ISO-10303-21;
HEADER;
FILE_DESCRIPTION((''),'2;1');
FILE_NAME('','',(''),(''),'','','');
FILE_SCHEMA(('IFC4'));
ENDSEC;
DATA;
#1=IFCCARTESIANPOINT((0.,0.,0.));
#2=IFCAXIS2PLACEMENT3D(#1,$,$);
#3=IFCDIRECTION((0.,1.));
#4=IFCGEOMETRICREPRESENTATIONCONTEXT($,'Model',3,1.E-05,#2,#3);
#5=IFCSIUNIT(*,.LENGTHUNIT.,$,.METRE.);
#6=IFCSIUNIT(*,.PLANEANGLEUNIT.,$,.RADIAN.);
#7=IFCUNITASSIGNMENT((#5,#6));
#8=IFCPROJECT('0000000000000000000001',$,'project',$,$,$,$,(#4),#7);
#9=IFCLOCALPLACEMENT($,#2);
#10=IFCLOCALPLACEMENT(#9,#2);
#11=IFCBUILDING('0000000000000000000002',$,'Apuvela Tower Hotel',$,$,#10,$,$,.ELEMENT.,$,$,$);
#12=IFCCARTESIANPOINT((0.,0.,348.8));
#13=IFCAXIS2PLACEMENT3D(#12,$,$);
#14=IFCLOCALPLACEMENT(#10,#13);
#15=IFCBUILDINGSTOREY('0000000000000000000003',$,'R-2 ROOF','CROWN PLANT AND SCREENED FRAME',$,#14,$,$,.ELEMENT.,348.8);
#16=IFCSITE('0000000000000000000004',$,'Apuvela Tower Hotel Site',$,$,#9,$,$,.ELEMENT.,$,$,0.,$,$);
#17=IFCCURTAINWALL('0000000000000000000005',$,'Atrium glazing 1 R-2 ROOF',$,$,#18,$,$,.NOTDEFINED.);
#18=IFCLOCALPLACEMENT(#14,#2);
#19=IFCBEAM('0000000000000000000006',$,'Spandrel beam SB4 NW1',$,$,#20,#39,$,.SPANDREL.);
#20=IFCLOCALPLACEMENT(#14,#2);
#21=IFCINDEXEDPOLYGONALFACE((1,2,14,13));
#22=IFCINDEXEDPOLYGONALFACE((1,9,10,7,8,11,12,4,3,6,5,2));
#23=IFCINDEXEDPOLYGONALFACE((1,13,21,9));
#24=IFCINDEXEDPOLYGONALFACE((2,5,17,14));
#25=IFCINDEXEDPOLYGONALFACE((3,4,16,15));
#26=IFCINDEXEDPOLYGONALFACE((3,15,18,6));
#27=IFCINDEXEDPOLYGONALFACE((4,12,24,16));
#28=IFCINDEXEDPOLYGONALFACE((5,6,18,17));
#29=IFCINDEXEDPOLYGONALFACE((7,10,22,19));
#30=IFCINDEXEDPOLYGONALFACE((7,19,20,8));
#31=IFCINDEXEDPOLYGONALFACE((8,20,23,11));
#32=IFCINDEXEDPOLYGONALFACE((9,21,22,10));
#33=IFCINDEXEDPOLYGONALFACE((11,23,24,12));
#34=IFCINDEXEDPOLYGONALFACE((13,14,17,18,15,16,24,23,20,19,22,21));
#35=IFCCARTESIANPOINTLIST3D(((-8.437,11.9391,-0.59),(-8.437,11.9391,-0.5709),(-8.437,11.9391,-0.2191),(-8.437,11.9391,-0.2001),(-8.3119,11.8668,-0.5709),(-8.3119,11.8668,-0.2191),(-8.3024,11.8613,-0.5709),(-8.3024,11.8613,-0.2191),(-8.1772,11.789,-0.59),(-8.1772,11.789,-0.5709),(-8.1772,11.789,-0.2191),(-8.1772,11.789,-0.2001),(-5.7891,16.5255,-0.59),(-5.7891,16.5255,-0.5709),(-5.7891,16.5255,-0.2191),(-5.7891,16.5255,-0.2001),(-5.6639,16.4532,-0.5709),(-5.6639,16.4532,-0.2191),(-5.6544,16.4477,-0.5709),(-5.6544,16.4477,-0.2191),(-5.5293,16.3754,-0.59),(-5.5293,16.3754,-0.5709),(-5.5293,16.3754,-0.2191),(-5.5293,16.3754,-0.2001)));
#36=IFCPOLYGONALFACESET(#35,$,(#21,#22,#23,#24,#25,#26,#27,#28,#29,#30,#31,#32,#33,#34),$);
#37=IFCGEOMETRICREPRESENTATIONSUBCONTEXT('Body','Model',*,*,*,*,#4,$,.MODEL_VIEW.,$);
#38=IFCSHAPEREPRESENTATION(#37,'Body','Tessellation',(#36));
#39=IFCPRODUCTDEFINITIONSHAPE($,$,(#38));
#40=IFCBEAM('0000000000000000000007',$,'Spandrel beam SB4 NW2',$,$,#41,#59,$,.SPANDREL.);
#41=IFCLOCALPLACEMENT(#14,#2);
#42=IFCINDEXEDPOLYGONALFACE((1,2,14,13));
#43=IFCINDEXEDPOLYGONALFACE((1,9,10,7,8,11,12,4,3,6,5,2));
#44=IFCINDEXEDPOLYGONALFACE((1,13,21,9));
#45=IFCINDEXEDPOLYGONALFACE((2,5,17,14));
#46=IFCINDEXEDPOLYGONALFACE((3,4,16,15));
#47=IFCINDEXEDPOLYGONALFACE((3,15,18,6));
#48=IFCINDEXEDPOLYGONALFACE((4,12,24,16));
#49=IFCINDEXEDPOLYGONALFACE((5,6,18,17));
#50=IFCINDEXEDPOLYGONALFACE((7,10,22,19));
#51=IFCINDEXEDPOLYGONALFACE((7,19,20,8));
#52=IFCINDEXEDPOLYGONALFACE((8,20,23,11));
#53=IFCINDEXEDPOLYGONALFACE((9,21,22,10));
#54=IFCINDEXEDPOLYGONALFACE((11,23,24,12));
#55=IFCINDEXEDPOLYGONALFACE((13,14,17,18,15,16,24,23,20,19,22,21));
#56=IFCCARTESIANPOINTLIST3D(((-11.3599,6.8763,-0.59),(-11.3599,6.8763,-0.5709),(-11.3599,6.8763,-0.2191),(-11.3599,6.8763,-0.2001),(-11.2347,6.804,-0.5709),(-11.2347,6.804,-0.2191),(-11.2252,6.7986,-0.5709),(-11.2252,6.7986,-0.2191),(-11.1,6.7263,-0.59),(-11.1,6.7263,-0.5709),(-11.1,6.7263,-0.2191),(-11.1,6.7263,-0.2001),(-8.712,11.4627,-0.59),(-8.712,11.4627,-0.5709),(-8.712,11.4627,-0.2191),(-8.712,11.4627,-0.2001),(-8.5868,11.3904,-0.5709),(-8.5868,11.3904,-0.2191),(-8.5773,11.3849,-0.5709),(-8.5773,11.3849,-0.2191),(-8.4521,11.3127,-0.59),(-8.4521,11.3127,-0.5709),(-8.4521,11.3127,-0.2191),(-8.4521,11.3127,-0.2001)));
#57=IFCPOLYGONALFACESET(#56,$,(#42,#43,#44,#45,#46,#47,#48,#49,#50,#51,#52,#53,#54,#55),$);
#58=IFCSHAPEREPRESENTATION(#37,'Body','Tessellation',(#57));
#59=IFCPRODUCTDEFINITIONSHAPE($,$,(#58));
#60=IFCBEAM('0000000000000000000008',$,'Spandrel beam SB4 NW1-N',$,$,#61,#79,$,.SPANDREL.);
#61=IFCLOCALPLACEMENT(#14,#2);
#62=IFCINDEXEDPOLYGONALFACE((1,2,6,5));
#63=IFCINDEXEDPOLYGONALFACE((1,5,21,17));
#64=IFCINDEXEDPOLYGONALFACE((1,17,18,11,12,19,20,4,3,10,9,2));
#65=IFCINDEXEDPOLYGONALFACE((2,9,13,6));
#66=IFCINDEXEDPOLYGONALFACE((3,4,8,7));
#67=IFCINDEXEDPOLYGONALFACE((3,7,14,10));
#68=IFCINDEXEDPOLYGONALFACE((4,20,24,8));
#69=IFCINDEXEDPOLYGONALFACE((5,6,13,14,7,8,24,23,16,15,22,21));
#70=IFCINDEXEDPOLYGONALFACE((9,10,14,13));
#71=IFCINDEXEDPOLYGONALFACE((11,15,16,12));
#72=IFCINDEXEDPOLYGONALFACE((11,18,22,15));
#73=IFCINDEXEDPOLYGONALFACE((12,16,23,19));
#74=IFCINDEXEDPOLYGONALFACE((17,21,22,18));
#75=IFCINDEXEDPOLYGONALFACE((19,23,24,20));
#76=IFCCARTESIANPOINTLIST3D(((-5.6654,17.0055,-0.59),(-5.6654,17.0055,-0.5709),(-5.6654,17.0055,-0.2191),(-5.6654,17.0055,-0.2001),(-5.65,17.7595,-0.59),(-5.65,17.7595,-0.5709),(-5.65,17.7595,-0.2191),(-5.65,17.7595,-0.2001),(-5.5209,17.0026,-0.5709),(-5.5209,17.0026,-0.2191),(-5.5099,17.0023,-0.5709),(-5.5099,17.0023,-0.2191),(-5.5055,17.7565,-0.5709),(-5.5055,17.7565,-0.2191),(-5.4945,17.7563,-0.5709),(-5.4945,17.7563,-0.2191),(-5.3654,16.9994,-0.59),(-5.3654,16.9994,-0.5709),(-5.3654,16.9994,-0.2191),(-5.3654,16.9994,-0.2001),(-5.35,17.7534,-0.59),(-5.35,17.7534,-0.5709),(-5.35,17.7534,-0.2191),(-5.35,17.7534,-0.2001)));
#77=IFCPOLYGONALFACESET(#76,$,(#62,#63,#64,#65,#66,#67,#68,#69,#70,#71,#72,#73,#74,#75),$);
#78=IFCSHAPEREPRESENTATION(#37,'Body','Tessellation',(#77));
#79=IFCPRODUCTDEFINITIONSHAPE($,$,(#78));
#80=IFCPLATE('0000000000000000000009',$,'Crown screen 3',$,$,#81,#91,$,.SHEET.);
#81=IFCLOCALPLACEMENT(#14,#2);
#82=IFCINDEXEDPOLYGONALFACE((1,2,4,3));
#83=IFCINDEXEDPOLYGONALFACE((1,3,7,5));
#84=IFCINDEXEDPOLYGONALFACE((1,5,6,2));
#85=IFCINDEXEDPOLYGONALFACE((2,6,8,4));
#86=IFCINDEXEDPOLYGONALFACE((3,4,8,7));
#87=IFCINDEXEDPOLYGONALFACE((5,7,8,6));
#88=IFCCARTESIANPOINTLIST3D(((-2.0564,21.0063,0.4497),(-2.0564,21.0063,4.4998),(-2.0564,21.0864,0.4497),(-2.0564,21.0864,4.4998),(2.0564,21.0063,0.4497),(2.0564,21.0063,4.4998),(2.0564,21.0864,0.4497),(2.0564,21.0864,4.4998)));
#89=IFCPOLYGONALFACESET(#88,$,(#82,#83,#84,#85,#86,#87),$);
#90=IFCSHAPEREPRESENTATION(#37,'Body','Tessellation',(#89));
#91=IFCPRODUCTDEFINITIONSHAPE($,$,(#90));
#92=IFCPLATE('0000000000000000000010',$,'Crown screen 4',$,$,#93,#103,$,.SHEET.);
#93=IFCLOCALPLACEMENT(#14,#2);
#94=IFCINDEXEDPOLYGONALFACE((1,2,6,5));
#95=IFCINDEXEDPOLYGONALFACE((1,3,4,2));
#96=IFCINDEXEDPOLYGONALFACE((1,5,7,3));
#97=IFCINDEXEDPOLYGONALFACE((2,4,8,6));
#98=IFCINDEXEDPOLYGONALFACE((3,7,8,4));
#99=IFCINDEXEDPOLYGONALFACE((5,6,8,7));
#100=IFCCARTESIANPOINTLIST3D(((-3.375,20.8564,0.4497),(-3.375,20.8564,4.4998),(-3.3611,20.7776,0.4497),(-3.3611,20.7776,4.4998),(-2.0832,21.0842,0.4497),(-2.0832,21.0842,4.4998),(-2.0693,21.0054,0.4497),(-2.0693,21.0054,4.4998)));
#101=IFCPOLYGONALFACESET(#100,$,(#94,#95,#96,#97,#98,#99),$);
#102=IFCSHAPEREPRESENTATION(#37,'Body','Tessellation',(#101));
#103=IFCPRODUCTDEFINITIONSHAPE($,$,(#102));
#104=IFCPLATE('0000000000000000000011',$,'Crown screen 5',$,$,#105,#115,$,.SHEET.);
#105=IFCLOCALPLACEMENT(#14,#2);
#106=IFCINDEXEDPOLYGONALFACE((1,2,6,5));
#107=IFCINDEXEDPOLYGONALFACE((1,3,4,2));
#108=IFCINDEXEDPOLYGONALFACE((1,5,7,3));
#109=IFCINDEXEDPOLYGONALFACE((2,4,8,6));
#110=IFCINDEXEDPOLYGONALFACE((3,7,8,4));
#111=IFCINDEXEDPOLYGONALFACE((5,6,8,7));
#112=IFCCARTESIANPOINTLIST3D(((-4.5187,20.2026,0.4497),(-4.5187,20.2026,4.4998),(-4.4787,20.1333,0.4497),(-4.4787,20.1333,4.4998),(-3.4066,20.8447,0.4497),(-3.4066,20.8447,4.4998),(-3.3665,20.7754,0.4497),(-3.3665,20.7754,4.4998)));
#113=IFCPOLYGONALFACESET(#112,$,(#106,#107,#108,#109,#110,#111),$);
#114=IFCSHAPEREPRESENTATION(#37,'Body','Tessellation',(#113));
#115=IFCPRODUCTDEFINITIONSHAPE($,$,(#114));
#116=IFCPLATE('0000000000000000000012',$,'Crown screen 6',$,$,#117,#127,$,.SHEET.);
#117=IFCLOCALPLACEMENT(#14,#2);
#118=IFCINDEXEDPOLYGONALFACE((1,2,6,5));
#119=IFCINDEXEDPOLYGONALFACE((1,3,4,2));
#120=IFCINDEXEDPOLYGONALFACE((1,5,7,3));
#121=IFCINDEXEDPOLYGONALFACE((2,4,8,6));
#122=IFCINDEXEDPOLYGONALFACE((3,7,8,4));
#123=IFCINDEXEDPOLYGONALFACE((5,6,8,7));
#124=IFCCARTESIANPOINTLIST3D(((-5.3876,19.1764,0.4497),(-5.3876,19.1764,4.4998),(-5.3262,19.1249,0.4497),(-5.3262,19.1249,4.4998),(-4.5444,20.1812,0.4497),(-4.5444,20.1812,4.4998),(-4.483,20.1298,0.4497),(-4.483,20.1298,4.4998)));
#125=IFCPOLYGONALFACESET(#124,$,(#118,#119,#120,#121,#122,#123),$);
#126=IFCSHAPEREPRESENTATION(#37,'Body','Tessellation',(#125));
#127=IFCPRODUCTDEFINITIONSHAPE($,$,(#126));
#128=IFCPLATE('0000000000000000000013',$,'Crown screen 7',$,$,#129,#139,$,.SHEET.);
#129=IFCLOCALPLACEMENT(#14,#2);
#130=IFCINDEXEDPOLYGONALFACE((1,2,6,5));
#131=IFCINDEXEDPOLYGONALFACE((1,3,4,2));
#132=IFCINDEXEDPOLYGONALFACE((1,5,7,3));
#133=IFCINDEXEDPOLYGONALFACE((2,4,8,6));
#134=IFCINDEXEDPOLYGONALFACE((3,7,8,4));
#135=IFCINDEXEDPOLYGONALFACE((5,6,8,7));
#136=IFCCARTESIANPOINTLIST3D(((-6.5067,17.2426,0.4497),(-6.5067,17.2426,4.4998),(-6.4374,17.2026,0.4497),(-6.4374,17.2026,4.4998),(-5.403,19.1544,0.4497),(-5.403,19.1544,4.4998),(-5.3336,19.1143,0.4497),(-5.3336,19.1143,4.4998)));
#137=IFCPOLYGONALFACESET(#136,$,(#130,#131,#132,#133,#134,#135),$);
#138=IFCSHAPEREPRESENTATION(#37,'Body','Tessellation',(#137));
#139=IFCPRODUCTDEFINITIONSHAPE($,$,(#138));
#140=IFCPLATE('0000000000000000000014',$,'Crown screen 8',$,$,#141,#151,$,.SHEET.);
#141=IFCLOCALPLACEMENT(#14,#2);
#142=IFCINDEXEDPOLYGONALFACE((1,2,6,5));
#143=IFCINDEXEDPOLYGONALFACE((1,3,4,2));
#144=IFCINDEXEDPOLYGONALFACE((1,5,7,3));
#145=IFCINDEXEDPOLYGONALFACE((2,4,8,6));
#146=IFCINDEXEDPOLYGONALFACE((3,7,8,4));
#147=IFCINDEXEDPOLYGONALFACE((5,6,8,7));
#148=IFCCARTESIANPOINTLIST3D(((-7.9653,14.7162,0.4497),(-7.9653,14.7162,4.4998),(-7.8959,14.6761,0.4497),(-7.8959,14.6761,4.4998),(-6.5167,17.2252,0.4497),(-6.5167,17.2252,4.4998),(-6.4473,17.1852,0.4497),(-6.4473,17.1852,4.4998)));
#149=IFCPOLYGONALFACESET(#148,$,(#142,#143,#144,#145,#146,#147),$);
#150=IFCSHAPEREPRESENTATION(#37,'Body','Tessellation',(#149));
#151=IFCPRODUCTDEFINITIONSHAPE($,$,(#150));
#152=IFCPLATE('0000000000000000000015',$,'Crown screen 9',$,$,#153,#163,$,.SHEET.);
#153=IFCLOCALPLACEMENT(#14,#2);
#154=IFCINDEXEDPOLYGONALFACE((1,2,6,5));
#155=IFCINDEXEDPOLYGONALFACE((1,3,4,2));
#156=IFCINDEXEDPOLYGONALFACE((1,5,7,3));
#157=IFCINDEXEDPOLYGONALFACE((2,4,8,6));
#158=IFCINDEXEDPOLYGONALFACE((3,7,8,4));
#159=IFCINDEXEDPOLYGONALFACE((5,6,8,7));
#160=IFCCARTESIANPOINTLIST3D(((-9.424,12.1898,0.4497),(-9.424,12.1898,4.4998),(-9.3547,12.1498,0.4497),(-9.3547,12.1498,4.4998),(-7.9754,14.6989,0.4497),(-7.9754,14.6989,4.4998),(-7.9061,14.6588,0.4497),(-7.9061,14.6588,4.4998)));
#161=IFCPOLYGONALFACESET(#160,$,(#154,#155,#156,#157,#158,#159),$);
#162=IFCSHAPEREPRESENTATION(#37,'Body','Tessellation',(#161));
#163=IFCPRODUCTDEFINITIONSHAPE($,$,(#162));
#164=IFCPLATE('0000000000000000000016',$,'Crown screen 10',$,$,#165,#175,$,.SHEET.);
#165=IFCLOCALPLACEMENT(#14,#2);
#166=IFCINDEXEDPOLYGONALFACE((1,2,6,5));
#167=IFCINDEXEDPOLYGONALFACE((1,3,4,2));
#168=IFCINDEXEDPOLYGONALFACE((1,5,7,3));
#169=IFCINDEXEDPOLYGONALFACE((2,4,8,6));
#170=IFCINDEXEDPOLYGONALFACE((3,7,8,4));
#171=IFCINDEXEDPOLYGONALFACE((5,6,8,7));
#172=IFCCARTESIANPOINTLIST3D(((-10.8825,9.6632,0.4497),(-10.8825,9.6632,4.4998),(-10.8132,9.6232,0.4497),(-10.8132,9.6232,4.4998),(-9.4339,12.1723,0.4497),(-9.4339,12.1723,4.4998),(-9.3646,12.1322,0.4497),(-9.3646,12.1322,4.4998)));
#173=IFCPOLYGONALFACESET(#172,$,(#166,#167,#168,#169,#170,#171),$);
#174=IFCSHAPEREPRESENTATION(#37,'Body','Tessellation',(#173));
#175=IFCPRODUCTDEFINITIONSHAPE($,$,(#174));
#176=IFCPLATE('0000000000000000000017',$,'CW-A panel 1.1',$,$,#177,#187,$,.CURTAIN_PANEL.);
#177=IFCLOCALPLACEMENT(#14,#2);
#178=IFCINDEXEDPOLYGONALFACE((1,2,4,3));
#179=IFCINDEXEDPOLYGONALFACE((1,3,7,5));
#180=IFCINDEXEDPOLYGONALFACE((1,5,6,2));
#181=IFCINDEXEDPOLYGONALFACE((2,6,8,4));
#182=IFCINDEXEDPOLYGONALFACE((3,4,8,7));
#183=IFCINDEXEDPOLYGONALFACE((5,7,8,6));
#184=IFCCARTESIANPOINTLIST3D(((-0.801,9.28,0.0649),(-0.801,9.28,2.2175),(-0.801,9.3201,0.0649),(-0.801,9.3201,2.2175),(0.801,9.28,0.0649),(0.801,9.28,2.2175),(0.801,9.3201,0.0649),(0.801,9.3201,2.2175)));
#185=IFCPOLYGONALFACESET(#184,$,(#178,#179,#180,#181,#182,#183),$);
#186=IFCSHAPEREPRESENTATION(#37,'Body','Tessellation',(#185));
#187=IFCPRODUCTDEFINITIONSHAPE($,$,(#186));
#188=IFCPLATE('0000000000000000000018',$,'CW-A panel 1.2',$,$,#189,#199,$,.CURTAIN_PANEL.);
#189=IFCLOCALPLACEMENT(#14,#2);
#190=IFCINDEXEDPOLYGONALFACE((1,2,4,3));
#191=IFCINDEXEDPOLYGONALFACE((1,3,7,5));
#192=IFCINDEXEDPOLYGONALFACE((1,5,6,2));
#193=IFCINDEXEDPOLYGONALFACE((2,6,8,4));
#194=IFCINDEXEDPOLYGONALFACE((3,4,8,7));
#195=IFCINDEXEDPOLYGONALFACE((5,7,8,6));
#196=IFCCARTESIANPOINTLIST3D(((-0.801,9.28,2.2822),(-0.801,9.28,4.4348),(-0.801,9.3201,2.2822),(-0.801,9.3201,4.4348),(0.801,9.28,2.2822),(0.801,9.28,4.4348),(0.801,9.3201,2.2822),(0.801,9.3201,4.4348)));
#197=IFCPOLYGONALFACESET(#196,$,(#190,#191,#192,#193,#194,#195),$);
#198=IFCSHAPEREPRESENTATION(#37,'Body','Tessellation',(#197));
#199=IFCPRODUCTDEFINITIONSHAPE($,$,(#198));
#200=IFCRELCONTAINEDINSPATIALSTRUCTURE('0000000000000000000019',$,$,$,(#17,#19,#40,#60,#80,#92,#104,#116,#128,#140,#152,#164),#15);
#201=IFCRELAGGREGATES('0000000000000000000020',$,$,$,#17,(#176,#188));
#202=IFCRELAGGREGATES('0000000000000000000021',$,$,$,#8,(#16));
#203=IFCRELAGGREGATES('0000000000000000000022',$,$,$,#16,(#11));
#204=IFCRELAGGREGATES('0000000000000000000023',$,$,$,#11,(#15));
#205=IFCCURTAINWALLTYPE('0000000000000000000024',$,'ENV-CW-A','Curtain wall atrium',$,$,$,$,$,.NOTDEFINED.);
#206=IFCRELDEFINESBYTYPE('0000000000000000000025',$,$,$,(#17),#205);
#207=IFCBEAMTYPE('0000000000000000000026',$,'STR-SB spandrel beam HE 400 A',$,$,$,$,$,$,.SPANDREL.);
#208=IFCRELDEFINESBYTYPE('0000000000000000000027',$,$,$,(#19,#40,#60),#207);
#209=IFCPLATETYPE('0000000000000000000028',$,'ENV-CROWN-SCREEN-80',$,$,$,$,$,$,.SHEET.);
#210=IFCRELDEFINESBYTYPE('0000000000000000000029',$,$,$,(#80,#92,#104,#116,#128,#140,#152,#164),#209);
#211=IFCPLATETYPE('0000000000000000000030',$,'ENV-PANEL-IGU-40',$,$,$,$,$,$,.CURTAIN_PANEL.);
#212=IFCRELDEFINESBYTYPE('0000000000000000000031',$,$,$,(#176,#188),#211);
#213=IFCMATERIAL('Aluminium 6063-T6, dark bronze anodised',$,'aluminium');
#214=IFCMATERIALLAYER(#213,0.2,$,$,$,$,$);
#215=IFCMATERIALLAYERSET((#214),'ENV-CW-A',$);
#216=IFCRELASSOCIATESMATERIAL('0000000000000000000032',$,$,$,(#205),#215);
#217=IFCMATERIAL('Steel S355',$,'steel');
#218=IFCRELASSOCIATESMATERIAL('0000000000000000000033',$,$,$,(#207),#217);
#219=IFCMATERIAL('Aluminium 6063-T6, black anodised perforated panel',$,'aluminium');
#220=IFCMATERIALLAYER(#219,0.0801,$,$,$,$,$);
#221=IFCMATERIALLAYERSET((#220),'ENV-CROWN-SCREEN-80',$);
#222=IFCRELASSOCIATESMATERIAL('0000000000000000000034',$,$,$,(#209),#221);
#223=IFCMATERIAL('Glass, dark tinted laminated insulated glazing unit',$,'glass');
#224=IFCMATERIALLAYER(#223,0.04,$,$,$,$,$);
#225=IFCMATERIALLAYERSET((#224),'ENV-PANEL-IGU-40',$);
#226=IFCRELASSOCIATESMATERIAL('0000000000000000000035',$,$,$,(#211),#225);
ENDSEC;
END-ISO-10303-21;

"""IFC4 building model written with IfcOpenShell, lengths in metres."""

from ifc_helpers import new_model, si_unit, direction, frame, origin, origin_2d, place, context, subcontext, project, spatial, rectangle, i_section, extrude, material, layer, layer_set, material_profile, profile_set, type_object, element, aggregate, save


model = new_model("IFC4")

# Units and contexts
model_context = context("Model", 3, precision=1e-05, world=origin(), true_north=direction((0.0, 1.0)))
body_context = subcontext(model_context, "Body", "Model", "MODEL_VIEW")
ifc_project = project(units=[si_unit("LENGTHUNIT", "METRE"), si_unit("PLANEANGLEUNIT", "RADIAN")], contexts=[model_context])

# Site, building, storey
site_placement = place(None, origin())
site = spatial("IfcSite", under=ifc_project, at=site_placement, Name="Apuvela Tower Hotel Site", CompositionType="ELEMENT", RefElevation=0.0)
building_placement = place(site_placement, origin())
building = spatial("IfcBuilding", under=site, at=building_placement, Name="Apuvela Tower Hotel", CompositionType="ELEMENT")
storey_placement = place(building_placement, frame((0.0, 0.0, 348.8)))
storey = spatial("IfcBuildingStorey", under=building, at=storey_placement, Name="R-2 ROOF", Description="CROWN PLANT AND SCREENED FRAME", CompositionType="ELEMENT", Elevation=348.8)

# Curtain wall
ifc_material_1 = material(Name="Aluminium 6063-T6, dark bronze anodised", Category="aluminium")
ifc_layer_1 = layer(ifc_material_1, 0.2)
ifc_layer_set_1 = layer_set([ifc_layer_1], Name="ENV-CW-A")
curtain_wall_type = type_object("IfcCurtainWallType", Name="ENV-CW-A", Description="Curtain wall atrium", PredefinedType="NOTDEFINED", material=ifc_layer_set_1)
curtain_wall_1_placement = place(storey_placement, origin())
curtain_wall_1 = element("IfcCurtainWall", 1, at=curtain_wall_1_placement, inside=storey, type_object=curtain_wall_type, Name="Atrium glazing 1 R-2 ROOF", PredefinedType="NOTDEFINED")

# Beams
ifc_material_2 = material(Name="Steel S355", Category="steel")
ifc_material_profile_1 = material_profile(ifc_material_2, i_section(OverallWidth=0.3, OverallDepth=0.3899, WebThickness=0.011, FlangeThickness=0.019, at=origin_2d()), Name="HE 400 A")
ifc_profile_set_1 = profile_set([ifc_material_profile_1], Name="Steel S355")
beam_type_1 = type_object("IfcBeamType", Name="STR-SB spandrel beam HE 400 A", PredefinedType="SPANDREL", material=ifc_profile_set_1)
for number, where, z_axis, x_axis, name in (
    (2, (-5.6592, 16.4504, -0.395), (-0.499996, -0.866027, 0.0), (0.866027, -0.499996, 0.0), "Spandrel beam SB4 NW1"),
    (3, (-8.582, 11.3877, -0.395), (-0.499996, -0.866027, 0.0), (0.866027, -0.499996, 0.0), "Spandrel beam SB4 NW2"),
):
    element("IfcBeam", number, at=place(storey_placement, frame(where, z_axis=z_axis, x_axis=x_axis)), inside=storey, type_object=beam_type_1, Name=name, PredefinedType="SPANDREL", context=body_context, shape_type="SweptSolid", body=[
        extrude(i_section(OverallWidth=0.3, OverallDepth=0.3899, WebThickness=0.011, FlangeThickness=0.019, at=origin_2d()), origin(), (0.0, 0.0, 1.0), 5.2959),
    ])
beam_1_placement = place(storey_placement, frame((-5.5154, 17.0024, -0.395), z_axis=(0.020397, 0.999792, 0.0), x_axis=(-0.999792, 0.020397, 0.0)))
element("IfcBeam", 4, at=beam_1_placement, inside=storey, type_object=beam_type_1, Name="Spandrel beam SB4 NW1-N", PredefinedType="SPANDREL", context=body_context, shape_type="SweptSolid", body=[
    extrude(i_section(OverallWidth=0.3, OverallDepth=0.3899, WebThickness=0.011, FlangeThickness=0.019, at=origin_2d()), origin(), (0.0, 0.0, 1.0), 0.7542),
])

# Plates
ifc_material_3 = material(Name="Aluminium 6063-T6, black anodised perforated panel", Category="aluminium")
ifc_layer_2 = layer(ifc_material_3, 0.0801)
ifc_layer_set_2 = layer_set([ifc_layer_2], Name="ENV-CROWN-SCREEN-80")
plate_type_1 = type_object("IfcPlateType", Name="ENV-CROWN-SCREEN-80", PredefinedType="SHEET", material=ifc_layer_set_2)
plate_1_placement = place(storey_placement, frame((0.0, 21.0464, 0.4497), z_axis=(0.0, 0.0, 1.0), x_axis=(-1.0, 0.0, 0.0)))
element("IfcPlate", 5, at=plate_1_placement, inside=storey, type_object=plate_type_1, Name="Crown screen 3", PredefinedType="SHEET", context=body_context, shape_type="SweptSolid", body=[
    extrude(rectangle(XDim=4.1128, YDim=0.0801, at=origin_2d()), origin(), (0.0, 0.0, 1.0), 4.05),
])
plate_2_placement = place(storey_placement, frame((-2.7222, 20.9309, 0.4497), z_axis=(0.0, 0.0, 1.0), x_axis=(-0.984808, -0.173648, 0.0)))
element("IfcPlate", 6, at=plate_2_placement, inside=storey, type_object=plate_type_1, Name="Crown screen 4", PredefinedType="SHEET", context=body_context, shape_type="SweptSolid", body=[
    extrude(rectangle(XDim=1.3118, YDim=0.0801, at=origin_2d()), origin(), (0.0, 0.0, 1.0), 4.05),
])
plate_3_placement = place(storey_placement, frame((-3.9426, 20.489, 0.4497), z_axis=(0.0, 0.0, 1.0), x_axis=(-0.866025, -0.5, 0.0)))
element("IfcPlate", 7, at=plate_3_placement, inside=storey, type_object=plate_type_1, Name="Crown screen 5", PredefinedType="SHEET", context=body_context, shape_type="SweptSolid", body=[
    extrude(rectangle(XDim=1.2842, YDim=0.0801, at=origin_2d()), origin(), (0.0, 0.0, 1.0), 4.05),
])
plate_4_placement = place(storey_placement, frame((-4.9353, 19.6531, 0.4497), z_axis=(0.0, 0.0, 1.0), x_axis=(-0.642788, -0.766044, 0.0)))
element("IfcPlate", 8, at=plate_4_placement, inside=storey, type_object=plate_type_1, Name="Crown screen 6", PredefinedType="SHEET", context=body_context, shape_type="SweptSolid", body=[
    extrude(rectangle(XDim=1.3118, YDim=0.0801, at=origin_2d()), origin(), (0.0, 0.0, 1.0), 4.05),
])
plate_5_placement = place(storey_placement, frame((-5.9202, 18.1785, 0.4497), z_axis=(0.0, 0.0, 1.0), x_axis=(-0.5, -0.866025, 0.0)))
element("IfcPlate", 9, at=plate_5_placement, inside=storey, type_object=plate_type_1, Name="Crown screen 7", PredefinedType="SHEET", context=body_context, shape_type="SweptSolid", body=[
    extrude(rectangle(XDim=2.2075, YDim=0.0801, at=origin_2d()), origin(), (0.0, 0.0, 1.0), 4.05),
])
for number, where, z_axis, x_axis, name in (
    (10, (-7.2063, 15.9507, 0.4497), (0.0, 0.0, 1.0), (-0.5, -0.866025, 0.0), "Crown screen 8"),
    (11, (-8.665, 13.4243, 0.4497), (0.0, 0.0, 1.0), (-0.5, -0.866025, 0.0), "Crown screen 9"),
    (12, (-10.1235, 10.8977, 0.4497), (0.0, 0.0, 1.0), (-0.5, -0.866025, 0.0), "Crown screen 10"),
):
    element("IfcPlate", number, at=place(storey_placement, frame(where, z_axis=z_axis, x_axis=x_axis)), inside=storey, type_object=plate_type_1, Name=name, PredefinedType="SHEET", context=body_context, shape_type="SweptSolid", body=[
        extrude(rectangle(XDim=2.8972, YDim=0.0801, at=origin_2d()), origin(), (0.0, 0.0, 1.0), 4.05),
    ])

# Plates
ifc_material_4 = material(Name="Glass, dark tinted laminated insulated glazing unit", Category="glass")
ifc_layer_3 = layer(ifc_material_4, 0.04)
ifc_layer_set_3 = layer_set([ifc_layer_3], Name="ENV-PANEL-IGU-40")
plate_type_2 = type_object("IfcPlateType", Name="ENV-PANEL-IGU-40", PredefinedType="CURTAIN_PANEL", material=ifc_layer_set_3)
plate_6_placement = place(storey_placement, frame((0.0, 9.3, 0.0649), z_axis=(0.0, 0.0, 1.0), x_axis=(-1.0, 0.0, 0.0)))
plate_6 = element("IfcPlate", 13, at=plate_6_placement, type_object=plate_type_2, Name="CW-A panel 1.1", PredefinedType="CURTAIN_PANEL", context=body_context, shape_type="SweptSolid", body=[
    extrude(rectangle(XDim=1.6021, YDim=0.04, at=origin_2d()), origin(), (0.0, 0.0, 1.0), 2.1526),
])
plate_7_placement = place(storey_placement, frame((0.0, 9.3, 2.2822), z_axis=(0.0, 0.0, 1.0), x_axis=(-1.0, 0.0, 0.0)))
plate_7 = element("IfcPlate", 14, at=plate_7_placement, type_object=plate_type_2, Name="CW-A panel 1.2", PredefinedType="CURTAIN_PANEL", context=body_context, shape_type="SweptSolid", body=[
    extrude(rectangle(XDim=1.6021, YDim=0.04, at=origin_2d()), origin(), (0.0, 0.0, 1.0), 2.1526),
])
aggregate(curtain_wall_1, [plate_6, plate_7])

save(model, "model.ifc")
